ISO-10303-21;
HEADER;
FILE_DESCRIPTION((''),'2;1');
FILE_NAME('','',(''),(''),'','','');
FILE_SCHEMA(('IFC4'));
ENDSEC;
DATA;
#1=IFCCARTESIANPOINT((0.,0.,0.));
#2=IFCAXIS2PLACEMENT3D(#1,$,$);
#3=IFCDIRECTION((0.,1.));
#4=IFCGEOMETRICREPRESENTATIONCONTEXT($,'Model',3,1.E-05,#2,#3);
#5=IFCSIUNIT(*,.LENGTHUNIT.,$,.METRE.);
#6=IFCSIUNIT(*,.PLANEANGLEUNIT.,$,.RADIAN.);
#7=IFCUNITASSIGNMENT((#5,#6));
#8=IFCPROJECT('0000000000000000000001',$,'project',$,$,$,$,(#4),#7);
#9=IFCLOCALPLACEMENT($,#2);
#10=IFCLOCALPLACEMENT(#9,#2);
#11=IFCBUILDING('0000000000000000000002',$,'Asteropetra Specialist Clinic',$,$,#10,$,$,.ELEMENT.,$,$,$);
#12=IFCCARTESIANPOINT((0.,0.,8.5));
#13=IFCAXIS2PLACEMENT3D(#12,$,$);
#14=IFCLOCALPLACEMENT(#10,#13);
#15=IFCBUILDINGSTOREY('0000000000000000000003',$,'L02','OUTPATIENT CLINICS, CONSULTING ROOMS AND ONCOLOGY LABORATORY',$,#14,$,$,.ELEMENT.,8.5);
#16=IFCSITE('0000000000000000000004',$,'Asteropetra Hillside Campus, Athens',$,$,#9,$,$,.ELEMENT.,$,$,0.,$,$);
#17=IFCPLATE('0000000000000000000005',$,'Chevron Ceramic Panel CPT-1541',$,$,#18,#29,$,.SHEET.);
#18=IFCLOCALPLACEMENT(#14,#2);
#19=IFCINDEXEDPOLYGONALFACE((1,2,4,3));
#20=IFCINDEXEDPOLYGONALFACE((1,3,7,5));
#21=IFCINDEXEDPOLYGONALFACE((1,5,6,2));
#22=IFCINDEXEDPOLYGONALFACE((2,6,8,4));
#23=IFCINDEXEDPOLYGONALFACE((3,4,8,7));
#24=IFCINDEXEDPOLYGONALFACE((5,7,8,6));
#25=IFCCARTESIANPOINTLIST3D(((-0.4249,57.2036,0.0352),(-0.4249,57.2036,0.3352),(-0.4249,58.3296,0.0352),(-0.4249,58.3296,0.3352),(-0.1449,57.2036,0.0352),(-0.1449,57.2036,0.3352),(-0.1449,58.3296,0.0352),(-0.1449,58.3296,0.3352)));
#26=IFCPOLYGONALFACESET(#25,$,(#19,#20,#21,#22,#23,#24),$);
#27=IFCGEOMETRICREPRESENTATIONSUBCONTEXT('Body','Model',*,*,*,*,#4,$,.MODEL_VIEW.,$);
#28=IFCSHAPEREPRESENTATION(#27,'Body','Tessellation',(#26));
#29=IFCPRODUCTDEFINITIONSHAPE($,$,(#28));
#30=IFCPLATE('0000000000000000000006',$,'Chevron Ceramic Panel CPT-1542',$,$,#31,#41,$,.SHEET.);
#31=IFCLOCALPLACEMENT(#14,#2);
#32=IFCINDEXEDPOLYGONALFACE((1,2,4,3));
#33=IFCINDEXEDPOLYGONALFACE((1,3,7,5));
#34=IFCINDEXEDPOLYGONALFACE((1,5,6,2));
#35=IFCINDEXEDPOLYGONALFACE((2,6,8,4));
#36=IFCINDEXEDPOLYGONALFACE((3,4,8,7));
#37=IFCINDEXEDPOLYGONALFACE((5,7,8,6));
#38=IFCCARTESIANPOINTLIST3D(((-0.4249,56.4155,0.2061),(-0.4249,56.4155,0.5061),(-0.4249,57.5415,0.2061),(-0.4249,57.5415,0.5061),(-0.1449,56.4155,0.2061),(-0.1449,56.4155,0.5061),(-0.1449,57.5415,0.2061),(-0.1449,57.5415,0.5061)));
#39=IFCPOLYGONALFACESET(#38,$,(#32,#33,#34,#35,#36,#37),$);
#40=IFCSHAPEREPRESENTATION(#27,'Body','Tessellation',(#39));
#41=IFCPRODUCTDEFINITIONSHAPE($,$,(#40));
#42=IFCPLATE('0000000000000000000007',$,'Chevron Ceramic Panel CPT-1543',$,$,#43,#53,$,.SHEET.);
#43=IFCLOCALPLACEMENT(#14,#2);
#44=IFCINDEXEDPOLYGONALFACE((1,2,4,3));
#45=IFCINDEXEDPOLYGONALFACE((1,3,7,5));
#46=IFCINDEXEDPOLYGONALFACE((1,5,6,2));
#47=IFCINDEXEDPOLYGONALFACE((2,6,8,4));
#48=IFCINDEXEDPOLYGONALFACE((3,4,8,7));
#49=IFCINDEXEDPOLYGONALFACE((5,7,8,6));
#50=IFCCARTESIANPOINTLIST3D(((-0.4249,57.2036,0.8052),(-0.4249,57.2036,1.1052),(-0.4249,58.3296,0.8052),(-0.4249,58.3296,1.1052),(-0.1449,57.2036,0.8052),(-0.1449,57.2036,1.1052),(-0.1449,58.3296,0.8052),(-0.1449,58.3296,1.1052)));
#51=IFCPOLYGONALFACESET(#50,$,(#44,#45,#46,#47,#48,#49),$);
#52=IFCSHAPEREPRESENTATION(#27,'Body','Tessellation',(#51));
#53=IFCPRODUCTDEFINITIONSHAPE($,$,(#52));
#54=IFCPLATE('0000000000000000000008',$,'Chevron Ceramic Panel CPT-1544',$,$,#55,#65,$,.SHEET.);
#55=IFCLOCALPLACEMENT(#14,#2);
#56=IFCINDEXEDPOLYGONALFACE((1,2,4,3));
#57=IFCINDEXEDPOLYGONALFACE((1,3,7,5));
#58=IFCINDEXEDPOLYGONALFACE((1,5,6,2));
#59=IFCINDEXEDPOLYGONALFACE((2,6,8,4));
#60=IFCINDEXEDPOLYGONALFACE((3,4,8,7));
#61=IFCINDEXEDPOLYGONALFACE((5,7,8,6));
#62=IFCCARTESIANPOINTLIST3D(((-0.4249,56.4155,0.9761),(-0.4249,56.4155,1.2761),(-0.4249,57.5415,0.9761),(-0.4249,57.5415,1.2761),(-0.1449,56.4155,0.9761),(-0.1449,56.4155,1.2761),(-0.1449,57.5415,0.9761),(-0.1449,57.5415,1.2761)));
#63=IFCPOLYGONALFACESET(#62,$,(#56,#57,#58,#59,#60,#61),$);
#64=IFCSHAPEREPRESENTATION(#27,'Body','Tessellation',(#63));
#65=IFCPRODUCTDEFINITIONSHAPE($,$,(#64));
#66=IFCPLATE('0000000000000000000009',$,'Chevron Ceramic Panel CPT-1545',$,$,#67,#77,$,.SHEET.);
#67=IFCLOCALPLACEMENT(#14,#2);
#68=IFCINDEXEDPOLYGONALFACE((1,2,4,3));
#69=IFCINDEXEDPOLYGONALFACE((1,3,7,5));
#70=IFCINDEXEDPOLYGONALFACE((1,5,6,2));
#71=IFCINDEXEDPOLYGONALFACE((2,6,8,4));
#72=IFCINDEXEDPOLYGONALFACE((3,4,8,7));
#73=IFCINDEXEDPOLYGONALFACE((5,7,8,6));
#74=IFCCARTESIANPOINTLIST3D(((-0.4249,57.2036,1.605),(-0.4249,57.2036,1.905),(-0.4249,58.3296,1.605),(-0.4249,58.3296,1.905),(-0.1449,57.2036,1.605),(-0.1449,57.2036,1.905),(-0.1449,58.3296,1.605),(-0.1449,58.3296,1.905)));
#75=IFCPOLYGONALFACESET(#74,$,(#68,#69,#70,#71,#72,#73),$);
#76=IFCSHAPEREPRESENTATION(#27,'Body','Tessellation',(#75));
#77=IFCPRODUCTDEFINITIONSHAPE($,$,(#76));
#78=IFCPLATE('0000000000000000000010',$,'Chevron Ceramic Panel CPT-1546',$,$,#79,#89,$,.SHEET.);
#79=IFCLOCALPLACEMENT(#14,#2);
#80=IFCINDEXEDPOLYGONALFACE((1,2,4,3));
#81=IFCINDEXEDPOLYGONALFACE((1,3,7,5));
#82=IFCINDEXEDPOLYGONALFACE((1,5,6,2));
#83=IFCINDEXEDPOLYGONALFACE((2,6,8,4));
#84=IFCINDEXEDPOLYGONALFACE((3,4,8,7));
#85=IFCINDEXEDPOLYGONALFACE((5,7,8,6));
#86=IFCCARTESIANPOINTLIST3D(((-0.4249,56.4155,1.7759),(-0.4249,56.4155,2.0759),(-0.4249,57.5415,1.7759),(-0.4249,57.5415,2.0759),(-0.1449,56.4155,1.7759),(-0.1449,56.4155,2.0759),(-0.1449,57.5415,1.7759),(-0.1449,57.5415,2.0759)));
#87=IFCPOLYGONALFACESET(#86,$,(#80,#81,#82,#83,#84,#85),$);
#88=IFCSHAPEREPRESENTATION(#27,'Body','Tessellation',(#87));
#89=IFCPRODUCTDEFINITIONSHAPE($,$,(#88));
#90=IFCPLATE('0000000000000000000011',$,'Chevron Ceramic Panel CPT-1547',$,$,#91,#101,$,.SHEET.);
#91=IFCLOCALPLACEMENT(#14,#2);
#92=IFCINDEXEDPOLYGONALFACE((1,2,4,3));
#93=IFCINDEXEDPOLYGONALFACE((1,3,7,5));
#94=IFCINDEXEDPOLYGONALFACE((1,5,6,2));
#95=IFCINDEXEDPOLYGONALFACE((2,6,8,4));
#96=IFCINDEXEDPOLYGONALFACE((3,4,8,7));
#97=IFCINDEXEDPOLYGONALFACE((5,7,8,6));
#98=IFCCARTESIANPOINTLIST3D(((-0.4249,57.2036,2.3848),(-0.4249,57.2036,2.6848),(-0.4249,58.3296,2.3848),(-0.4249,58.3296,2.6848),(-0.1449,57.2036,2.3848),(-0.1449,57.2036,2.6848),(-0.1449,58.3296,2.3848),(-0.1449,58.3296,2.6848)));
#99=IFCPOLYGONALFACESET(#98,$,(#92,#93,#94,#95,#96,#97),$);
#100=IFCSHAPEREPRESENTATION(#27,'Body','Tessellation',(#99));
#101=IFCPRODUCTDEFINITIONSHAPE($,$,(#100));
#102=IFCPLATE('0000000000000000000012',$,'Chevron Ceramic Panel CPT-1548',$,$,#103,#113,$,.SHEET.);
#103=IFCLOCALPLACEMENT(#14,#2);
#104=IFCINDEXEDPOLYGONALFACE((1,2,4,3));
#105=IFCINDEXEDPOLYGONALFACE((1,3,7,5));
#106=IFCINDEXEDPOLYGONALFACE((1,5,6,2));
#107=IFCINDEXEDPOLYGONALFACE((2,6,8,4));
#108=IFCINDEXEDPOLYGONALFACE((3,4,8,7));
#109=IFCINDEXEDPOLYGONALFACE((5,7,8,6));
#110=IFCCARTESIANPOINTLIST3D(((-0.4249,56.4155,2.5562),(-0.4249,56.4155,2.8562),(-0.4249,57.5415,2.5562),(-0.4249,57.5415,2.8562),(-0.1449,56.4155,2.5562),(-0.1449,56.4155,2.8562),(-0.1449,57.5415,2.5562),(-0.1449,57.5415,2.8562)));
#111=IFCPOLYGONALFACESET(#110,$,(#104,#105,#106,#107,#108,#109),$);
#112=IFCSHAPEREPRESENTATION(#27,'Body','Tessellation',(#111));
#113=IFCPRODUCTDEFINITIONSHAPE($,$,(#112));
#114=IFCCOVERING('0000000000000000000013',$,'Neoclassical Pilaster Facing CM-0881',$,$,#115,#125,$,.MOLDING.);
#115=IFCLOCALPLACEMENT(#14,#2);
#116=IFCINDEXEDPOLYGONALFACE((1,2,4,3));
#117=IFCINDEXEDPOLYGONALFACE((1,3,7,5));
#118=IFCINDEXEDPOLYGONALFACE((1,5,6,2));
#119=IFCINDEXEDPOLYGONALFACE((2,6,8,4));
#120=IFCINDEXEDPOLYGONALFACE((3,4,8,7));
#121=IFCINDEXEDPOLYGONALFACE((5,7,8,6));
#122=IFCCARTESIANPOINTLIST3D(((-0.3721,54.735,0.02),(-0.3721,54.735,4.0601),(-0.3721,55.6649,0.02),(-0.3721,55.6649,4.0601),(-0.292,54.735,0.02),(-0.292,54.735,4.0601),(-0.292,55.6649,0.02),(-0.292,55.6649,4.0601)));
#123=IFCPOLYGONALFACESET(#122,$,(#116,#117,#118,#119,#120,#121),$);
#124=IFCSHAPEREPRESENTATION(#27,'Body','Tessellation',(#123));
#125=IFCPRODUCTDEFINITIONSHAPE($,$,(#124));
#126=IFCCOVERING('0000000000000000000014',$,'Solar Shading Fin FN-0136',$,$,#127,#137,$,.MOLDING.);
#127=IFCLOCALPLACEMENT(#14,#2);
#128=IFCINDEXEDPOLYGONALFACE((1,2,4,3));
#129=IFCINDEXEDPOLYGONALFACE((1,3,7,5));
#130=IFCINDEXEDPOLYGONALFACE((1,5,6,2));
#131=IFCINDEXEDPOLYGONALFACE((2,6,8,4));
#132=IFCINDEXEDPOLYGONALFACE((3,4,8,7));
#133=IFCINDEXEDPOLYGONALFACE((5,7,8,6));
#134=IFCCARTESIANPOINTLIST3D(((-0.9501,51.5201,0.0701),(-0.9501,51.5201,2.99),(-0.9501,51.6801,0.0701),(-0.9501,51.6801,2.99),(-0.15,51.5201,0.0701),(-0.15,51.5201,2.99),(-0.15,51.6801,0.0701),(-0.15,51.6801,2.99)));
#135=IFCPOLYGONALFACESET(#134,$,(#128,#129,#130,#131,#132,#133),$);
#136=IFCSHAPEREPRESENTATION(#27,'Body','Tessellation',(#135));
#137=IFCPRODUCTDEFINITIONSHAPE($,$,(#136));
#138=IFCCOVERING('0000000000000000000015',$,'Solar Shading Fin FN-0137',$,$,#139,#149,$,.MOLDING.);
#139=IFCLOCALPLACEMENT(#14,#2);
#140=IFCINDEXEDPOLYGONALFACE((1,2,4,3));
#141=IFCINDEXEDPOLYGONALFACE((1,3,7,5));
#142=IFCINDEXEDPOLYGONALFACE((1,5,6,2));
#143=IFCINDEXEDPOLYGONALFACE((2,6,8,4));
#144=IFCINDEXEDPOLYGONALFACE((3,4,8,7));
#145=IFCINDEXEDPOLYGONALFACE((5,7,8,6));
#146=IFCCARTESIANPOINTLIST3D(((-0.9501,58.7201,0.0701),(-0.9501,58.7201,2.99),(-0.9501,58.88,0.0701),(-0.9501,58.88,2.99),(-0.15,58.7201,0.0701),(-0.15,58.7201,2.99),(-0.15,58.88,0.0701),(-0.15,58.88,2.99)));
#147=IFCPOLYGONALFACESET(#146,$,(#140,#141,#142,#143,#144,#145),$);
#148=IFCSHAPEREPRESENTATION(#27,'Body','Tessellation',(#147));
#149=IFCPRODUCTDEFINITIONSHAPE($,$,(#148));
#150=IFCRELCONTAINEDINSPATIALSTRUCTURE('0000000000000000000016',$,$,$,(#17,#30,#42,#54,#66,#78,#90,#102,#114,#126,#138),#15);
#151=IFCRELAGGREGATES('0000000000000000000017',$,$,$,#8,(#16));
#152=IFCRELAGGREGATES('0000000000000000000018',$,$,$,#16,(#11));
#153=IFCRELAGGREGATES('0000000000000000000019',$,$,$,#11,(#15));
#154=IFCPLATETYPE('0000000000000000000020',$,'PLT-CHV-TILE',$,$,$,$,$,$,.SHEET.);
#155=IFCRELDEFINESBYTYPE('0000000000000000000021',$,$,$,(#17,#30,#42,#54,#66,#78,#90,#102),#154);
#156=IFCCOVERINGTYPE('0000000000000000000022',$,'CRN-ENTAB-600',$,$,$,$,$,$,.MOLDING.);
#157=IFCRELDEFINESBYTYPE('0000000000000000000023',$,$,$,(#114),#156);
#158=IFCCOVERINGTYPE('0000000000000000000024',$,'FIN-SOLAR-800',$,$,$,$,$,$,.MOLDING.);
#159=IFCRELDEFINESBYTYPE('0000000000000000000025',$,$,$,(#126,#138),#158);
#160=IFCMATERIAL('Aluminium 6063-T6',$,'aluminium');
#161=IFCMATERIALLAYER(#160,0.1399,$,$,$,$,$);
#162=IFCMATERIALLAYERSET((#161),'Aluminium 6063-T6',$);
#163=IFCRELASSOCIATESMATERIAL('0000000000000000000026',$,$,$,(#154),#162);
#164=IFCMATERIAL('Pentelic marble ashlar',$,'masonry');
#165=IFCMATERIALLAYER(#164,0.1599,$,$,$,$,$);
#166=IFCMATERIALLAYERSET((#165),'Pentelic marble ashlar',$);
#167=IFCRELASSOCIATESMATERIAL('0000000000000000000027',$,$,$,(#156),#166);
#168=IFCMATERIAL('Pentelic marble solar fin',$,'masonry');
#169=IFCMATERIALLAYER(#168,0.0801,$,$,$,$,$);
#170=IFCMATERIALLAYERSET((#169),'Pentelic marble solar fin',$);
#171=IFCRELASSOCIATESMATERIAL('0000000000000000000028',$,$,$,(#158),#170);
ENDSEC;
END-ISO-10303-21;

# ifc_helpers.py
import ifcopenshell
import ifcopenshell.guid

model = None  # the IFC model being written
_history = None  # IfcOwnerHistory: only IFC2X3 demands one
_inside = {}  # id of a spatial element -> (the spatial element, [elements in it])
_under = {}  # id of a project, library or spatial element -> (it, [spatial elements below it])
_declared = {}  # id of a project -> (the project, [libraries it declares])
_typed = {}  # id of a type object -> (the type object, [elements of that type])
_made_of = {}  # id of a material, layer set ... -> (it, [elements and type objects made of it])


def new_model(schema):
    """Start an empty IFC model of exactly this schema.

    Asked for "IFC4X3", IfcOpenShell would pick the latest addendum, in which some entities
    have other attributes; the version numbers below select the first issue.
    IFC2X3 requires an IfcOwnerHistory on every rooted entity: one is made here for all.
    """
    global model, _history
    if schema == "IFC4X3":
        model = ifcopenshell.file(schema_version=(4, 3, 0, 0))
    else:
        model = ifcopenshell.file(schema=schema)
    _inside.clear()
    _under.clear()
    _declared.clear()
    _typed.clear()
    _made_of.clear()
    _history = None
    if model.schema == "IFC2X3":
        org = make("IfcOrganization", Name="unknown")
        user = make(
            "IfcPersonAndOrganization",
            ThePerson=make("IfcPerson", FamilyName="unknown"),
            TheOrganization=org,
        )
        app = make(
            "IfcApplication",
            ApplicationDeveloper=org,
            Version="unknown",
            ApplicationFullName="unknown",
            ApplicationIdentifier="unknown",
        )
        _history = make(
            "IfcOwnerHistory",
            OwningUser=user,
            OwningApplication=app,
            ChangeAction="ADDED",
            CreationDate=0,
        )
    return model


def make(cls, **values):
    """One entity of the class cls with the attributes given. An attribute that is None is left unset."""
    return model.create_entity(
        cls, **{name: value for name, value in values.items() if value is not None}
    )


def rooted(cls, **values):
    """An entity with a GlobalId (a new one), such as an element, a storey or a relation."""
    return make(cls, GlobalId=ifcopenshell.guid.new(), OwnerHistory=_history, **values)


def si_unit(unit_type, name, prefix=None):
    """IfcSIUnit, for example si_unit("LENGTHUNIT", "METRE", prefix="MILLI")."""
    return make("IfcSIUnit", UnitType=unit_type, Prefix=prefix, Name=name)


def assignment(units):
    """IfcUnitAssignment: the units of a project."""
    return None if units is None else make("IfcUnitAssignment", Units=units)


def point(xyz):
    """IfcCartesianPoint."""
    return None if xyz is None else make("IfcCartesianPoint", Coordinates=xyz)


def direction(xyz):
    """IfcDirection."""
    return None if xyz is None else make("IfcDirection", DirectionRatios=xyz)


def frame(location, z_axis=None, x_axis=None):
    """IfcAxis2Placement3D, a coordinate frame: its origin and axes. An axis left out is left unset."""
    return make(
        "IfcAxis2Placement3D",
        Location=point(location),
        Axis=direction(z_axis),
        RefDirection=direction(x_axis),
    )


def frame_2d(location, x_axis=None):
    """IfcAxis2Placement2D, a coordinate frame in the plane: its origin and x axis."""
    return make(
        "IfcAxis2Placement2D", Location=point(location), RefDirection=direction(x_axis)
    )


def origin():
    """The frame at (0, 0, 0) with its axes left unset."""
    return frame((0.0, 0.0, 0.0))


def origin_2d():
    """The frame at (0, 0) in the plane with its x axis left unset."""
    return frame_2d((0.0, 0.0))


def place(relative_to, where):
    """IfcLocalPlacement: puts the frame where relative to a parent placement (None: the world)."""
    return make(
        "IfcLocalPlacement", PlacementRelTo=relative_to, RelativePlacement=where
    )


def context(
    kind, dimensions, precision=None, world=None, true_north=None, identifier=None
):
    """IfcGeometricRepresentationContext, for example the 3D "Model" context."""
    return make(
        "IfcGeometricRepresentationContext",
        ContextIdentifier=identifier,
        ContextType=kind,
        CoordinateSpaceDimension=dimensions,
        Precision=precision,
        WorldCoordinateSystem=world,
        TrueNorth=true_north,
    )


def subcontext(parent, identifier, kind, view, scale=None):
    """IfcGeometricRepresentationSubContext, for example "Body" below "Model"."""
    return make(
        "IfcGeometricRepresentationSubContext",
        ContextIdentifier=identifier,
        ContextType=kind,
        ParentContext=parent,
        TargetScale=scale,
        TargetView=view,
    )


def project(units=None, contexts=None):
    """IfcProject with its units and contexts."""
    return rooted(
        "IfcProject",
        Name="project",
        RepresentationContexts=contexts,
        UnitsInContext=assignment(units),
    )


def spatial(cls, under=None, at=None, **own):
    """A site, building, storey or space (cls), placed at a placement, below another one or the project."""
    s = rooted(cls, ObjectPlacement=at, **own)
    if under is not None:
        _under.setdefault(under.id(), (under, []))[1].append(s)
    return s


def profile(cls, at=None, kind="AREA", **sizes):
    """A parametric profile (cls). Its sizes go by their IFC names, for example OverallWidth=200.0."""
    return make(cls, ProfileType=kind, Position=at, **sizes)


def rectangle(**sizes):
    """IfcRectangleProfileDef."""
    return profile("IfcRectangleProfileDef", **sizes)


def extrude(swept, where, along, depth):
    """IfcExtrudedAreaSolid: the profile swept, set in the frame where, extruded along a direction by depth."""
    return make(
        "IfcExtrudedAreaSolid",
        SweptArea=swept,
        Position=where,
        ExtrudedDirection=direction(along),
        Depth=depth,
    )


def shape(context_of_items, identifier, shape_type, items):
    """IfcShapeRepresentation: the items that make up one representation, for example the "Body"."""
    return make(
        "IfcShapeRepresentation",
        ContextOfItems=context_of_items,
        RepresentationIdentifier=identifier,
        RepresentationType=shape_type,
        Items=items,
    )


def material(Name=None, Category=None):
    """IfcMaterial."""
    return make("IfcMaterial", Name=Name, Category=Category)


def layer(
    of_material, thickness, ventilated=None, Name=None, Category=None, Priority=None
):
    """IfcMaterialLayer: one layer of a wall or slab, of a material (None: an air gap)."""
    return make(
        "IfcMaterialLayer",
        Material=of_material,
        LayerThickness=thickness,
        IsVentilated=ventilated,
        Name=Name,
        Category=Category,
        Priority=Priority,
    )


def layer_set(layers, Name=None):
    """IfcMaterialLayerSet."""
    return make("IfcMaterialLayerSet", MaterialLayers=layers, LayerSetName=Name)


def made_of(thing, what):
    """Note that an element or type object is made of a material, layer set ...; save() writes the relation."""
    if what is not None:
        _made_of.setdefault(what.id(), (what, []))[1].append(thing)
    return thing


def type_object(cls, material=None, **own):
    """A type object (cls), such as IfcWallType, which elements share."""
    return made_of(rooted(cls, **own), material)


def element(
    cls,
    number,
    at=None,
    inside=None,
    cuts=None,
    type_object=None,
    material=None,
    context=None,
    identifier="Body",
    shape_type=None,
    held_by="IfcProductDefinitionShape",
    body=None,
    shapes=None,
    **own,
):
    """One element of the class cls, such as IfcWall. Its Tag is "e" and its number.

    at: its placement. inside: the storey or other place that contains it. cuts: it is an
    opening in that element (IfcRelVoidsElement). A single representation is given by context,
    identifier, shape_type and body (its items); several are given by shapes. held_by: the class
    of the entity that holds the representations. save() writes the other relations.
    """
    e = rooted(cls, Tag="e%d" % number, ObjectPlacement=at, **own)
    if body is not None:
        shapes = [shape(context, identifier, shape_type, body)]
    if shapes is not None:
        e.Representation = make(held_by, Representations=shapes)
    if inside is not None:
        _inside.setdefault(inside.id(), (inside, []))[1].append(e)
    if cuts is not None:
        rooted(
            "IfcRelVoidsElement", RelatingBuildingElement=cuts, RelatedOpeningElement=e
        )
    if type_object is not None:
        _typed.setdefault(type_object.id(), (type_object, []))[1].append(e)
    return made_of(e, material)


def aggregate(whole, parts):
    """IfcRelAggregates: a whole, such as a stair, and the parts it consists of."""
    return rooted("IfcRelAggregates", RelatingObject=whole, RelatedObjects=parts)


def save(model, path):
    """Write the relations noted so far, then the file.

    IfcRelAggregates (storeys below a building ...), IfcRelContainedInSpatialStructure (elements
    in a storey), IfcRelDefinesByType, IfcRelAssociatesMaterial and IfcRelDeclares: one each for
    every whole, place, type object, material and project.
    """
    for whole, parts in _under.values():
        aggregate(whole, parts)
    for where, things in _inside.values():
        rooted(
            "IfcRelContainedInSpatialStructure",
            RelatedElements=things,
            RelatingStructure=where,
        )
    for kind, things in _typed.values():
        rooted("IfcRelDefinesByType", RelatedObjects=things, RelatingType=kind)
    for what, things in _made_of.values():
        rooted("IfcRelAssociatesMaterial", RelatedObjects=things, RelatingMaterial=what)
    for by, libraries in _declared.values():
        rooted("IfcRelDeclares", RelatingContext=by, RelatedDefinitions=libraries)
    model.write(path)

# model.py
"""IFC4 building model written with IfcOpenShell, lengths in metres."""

from ifc_helpers import new_model, si_unit, direction, frame, origin, origin_2d, place, context, subcontext, project, spatial, rectangle, extrude, material, layer, layer_set, type_object, element, save


model = new_model("IFC4")

# Units and contexts
model_context = context("Model", 3, precision=1e-05, world=origin(), true_north=direction((0.0, 1.0)))
body_context = subcontext(model_context, "Body", "Model", "MODEL_VIEW")
ifc_project = project(units=[si_unit("LENGTHUNIT", "METRE"), si_unit("PLANEANGLEUNIT", "RADIAN")], contexts=[model_context])

# Site, building, storey
site_placement = place(None, origin())
site = spatial("IfcSite", under=ifc_project, at=site_placement, Name="Asteropetra Hillside Campus, Athens", CompositionType="ELEMENT", RefElevation=0.0)
building_placement = place(site_placement, origin())
building = spatial("IfcBuilding", under=site, at=building_placement, Name="Asteropetra Specialist Clinic", CompositionType="ELEMENT")
storey_placement = place(building_placement, frame((0.0, 0.0, 8.5)))
storey = spatial("IfcBuildingStorey", under=building, at=storey_placement, Name="L02", Description="OUTPATIENT CLINICS, CONSULTING ROOMS AND ONCOLOGY LABORATORY", CompositionType="ELEMENT", Elevation=8.5)

# Plates
ifc_material_1 = material(Name="Aluminium 6063-T6", Category="aluminium")
ifc_layer_1 = layer(ifc_material_1, 0.1399)
ifc_layer_set_1 = layer_set([ifc_layer_1], Name="Aluminium 6063-T6")
plate_type = type_object("IfcPlateType", Name="PLT-CHV-TILE", PredefinedType="SHEET", material=ifc_layer_set_1)
for number, where, z_axis, x_axis, name in (
    (1, (-0.2849, 57.7666, 0.0352), (0.0, 0.0, 1.0), (1.0, 0.0, 0.0), "Chevron Ceramic Panel CPT-1541"),
    (2, (-0.2849, 56.9785, 0.2061), (0.0, 0.0, 1.0), (1.0, 0.0, 0.0), "Chevron Ceramic Panel CPT-1542"),
    (3, (-0.2849, 57.7666, 0.8052), (0.0, 0.0, 1.0), (1.0, 0.0, 0.0), "Chevron Ceramic Panel CPT-1543"),
    (4, (-0.2849, 56.9785, 0.9761), (0.0, 0.0, 1.0), (1.0, 0.0, 0.0), "Chevron Ceramic Panel CPT-1544"),
    (5, (-0.2849, 57.7666, 1.605), (0.0, 0.0, 1.0), (1.0, 0.0, 0.0), "Chevron Ceramic Panel CPT-1545"),
    (6, (-0.2849, 56.9785, 1.7759), (0.0, 0.0, 1.0), (1.0, 0.0, 0.0), "Chevron Ceramic Panel CPT-1546"),
    (7, (-0.2849, 57.7666, 2.3848), (0.0, 0.0, 1.0), (1.0, 0.0, 0.0), "Chevron Ceramic Panel CPT-1547"),
    (8, (-0.2849, 56.9785, 2.5562), (0.0, 0.0, 1.0), (1.0, 0.0, 0.0), "Chevron Ceramic Panel CPT-1548"),
):
    element("IfcPlate", number, at=place(storey_placement, frame(where, z_axis=z_axis, x_axis=x_axis)), inside=storey, type_object=plate_type, Name=name, PredefinedType="SHEET", context=body_context, shape_type="SweptSolid", body=[
        extrude(rectangle(XDim=0.28, YDim=1.126, at=origin_2d()), origin(), (0.0, 0.0, 1.0), 0.3),
    ])

# Coverings
ifc_material_2 = material(Name="Pentelic marble ashlar", Category="masonry")
ifc_layer_2 = layer(ifc_material_2, 0.1599)
ifc_layer_set_2 = layer_set([ifc_layer_2], Name="Pentelic marble ashlar")
covering_type_1 = type_object("IfcCoveringType", Name="CRN-ENTAB-600", PredefinedType="MOLDING", material=ifc_layer_set_2)
covering_placement = place(storey_placement, frame((-0.332, 55.2, 0.02), z_axis=(0.0, 0.0, 1.0), x_axis=(1.0, 0.0, 0.0)))
element("IfcCovering", 9, at=covering_placement, inside=storey, type_object=covering_type_1, Name="Neoclassical Pilaster Facing CM-0881", PredefinedType="MOLDING", context=body_context, shape_type="SweptSolid", body=[
    extrude(rectangle(XDim=0.0801, YDim=0.9299, at=origin_2d()), origin(), (0.0, 0.0, 1.0), 4.04),
])
ifc_material_3 = material(Name="Pentelic marble solar fin", Category="masonry")
ifc_layer_3 = layer(ifc_material_3, 0.0801)
ifc_layer_set_3 = layer_set([ifc_layer_3], Name="Pentelic marble solar fin")
covering_type_2 = type_object("IfcCoveringType", Name="FIN-SOLAR-800", PredefinedType="MOLDING", material=ifc_layer_set_3)
for number, where, z_axis, x_axis, name in (
    (10, (-0.55, 51.6001, 0.0701), (0.0, 0.0, 1.0), (1.0, 0.0, 0.0), "Solar Shading Fin FN-0136"),
    (11, (-0.55, 58.8, 0.0701), (0.0, 0.0, 1.0), (1.0, 0.0, 0.0), "Solar Shading Fin FN-0137"),
):
    element("IfcCovering", number, at=place(storey_placement, frame(where, z_axis=z_axis, x_axis=x_axis)), inside=storey, type_object=covering_type_2, Name=name, PredefinedType="MOLDING", context=body_context, shape_type="SweptSolid", body=[
        extrude(rectangle(XDim=0.8, YDim=0.1599, at=origin_2d()), origin(), (0.0, 0.0, 1.0), 2.9199),
    ])

save(model, "model.ifc")
